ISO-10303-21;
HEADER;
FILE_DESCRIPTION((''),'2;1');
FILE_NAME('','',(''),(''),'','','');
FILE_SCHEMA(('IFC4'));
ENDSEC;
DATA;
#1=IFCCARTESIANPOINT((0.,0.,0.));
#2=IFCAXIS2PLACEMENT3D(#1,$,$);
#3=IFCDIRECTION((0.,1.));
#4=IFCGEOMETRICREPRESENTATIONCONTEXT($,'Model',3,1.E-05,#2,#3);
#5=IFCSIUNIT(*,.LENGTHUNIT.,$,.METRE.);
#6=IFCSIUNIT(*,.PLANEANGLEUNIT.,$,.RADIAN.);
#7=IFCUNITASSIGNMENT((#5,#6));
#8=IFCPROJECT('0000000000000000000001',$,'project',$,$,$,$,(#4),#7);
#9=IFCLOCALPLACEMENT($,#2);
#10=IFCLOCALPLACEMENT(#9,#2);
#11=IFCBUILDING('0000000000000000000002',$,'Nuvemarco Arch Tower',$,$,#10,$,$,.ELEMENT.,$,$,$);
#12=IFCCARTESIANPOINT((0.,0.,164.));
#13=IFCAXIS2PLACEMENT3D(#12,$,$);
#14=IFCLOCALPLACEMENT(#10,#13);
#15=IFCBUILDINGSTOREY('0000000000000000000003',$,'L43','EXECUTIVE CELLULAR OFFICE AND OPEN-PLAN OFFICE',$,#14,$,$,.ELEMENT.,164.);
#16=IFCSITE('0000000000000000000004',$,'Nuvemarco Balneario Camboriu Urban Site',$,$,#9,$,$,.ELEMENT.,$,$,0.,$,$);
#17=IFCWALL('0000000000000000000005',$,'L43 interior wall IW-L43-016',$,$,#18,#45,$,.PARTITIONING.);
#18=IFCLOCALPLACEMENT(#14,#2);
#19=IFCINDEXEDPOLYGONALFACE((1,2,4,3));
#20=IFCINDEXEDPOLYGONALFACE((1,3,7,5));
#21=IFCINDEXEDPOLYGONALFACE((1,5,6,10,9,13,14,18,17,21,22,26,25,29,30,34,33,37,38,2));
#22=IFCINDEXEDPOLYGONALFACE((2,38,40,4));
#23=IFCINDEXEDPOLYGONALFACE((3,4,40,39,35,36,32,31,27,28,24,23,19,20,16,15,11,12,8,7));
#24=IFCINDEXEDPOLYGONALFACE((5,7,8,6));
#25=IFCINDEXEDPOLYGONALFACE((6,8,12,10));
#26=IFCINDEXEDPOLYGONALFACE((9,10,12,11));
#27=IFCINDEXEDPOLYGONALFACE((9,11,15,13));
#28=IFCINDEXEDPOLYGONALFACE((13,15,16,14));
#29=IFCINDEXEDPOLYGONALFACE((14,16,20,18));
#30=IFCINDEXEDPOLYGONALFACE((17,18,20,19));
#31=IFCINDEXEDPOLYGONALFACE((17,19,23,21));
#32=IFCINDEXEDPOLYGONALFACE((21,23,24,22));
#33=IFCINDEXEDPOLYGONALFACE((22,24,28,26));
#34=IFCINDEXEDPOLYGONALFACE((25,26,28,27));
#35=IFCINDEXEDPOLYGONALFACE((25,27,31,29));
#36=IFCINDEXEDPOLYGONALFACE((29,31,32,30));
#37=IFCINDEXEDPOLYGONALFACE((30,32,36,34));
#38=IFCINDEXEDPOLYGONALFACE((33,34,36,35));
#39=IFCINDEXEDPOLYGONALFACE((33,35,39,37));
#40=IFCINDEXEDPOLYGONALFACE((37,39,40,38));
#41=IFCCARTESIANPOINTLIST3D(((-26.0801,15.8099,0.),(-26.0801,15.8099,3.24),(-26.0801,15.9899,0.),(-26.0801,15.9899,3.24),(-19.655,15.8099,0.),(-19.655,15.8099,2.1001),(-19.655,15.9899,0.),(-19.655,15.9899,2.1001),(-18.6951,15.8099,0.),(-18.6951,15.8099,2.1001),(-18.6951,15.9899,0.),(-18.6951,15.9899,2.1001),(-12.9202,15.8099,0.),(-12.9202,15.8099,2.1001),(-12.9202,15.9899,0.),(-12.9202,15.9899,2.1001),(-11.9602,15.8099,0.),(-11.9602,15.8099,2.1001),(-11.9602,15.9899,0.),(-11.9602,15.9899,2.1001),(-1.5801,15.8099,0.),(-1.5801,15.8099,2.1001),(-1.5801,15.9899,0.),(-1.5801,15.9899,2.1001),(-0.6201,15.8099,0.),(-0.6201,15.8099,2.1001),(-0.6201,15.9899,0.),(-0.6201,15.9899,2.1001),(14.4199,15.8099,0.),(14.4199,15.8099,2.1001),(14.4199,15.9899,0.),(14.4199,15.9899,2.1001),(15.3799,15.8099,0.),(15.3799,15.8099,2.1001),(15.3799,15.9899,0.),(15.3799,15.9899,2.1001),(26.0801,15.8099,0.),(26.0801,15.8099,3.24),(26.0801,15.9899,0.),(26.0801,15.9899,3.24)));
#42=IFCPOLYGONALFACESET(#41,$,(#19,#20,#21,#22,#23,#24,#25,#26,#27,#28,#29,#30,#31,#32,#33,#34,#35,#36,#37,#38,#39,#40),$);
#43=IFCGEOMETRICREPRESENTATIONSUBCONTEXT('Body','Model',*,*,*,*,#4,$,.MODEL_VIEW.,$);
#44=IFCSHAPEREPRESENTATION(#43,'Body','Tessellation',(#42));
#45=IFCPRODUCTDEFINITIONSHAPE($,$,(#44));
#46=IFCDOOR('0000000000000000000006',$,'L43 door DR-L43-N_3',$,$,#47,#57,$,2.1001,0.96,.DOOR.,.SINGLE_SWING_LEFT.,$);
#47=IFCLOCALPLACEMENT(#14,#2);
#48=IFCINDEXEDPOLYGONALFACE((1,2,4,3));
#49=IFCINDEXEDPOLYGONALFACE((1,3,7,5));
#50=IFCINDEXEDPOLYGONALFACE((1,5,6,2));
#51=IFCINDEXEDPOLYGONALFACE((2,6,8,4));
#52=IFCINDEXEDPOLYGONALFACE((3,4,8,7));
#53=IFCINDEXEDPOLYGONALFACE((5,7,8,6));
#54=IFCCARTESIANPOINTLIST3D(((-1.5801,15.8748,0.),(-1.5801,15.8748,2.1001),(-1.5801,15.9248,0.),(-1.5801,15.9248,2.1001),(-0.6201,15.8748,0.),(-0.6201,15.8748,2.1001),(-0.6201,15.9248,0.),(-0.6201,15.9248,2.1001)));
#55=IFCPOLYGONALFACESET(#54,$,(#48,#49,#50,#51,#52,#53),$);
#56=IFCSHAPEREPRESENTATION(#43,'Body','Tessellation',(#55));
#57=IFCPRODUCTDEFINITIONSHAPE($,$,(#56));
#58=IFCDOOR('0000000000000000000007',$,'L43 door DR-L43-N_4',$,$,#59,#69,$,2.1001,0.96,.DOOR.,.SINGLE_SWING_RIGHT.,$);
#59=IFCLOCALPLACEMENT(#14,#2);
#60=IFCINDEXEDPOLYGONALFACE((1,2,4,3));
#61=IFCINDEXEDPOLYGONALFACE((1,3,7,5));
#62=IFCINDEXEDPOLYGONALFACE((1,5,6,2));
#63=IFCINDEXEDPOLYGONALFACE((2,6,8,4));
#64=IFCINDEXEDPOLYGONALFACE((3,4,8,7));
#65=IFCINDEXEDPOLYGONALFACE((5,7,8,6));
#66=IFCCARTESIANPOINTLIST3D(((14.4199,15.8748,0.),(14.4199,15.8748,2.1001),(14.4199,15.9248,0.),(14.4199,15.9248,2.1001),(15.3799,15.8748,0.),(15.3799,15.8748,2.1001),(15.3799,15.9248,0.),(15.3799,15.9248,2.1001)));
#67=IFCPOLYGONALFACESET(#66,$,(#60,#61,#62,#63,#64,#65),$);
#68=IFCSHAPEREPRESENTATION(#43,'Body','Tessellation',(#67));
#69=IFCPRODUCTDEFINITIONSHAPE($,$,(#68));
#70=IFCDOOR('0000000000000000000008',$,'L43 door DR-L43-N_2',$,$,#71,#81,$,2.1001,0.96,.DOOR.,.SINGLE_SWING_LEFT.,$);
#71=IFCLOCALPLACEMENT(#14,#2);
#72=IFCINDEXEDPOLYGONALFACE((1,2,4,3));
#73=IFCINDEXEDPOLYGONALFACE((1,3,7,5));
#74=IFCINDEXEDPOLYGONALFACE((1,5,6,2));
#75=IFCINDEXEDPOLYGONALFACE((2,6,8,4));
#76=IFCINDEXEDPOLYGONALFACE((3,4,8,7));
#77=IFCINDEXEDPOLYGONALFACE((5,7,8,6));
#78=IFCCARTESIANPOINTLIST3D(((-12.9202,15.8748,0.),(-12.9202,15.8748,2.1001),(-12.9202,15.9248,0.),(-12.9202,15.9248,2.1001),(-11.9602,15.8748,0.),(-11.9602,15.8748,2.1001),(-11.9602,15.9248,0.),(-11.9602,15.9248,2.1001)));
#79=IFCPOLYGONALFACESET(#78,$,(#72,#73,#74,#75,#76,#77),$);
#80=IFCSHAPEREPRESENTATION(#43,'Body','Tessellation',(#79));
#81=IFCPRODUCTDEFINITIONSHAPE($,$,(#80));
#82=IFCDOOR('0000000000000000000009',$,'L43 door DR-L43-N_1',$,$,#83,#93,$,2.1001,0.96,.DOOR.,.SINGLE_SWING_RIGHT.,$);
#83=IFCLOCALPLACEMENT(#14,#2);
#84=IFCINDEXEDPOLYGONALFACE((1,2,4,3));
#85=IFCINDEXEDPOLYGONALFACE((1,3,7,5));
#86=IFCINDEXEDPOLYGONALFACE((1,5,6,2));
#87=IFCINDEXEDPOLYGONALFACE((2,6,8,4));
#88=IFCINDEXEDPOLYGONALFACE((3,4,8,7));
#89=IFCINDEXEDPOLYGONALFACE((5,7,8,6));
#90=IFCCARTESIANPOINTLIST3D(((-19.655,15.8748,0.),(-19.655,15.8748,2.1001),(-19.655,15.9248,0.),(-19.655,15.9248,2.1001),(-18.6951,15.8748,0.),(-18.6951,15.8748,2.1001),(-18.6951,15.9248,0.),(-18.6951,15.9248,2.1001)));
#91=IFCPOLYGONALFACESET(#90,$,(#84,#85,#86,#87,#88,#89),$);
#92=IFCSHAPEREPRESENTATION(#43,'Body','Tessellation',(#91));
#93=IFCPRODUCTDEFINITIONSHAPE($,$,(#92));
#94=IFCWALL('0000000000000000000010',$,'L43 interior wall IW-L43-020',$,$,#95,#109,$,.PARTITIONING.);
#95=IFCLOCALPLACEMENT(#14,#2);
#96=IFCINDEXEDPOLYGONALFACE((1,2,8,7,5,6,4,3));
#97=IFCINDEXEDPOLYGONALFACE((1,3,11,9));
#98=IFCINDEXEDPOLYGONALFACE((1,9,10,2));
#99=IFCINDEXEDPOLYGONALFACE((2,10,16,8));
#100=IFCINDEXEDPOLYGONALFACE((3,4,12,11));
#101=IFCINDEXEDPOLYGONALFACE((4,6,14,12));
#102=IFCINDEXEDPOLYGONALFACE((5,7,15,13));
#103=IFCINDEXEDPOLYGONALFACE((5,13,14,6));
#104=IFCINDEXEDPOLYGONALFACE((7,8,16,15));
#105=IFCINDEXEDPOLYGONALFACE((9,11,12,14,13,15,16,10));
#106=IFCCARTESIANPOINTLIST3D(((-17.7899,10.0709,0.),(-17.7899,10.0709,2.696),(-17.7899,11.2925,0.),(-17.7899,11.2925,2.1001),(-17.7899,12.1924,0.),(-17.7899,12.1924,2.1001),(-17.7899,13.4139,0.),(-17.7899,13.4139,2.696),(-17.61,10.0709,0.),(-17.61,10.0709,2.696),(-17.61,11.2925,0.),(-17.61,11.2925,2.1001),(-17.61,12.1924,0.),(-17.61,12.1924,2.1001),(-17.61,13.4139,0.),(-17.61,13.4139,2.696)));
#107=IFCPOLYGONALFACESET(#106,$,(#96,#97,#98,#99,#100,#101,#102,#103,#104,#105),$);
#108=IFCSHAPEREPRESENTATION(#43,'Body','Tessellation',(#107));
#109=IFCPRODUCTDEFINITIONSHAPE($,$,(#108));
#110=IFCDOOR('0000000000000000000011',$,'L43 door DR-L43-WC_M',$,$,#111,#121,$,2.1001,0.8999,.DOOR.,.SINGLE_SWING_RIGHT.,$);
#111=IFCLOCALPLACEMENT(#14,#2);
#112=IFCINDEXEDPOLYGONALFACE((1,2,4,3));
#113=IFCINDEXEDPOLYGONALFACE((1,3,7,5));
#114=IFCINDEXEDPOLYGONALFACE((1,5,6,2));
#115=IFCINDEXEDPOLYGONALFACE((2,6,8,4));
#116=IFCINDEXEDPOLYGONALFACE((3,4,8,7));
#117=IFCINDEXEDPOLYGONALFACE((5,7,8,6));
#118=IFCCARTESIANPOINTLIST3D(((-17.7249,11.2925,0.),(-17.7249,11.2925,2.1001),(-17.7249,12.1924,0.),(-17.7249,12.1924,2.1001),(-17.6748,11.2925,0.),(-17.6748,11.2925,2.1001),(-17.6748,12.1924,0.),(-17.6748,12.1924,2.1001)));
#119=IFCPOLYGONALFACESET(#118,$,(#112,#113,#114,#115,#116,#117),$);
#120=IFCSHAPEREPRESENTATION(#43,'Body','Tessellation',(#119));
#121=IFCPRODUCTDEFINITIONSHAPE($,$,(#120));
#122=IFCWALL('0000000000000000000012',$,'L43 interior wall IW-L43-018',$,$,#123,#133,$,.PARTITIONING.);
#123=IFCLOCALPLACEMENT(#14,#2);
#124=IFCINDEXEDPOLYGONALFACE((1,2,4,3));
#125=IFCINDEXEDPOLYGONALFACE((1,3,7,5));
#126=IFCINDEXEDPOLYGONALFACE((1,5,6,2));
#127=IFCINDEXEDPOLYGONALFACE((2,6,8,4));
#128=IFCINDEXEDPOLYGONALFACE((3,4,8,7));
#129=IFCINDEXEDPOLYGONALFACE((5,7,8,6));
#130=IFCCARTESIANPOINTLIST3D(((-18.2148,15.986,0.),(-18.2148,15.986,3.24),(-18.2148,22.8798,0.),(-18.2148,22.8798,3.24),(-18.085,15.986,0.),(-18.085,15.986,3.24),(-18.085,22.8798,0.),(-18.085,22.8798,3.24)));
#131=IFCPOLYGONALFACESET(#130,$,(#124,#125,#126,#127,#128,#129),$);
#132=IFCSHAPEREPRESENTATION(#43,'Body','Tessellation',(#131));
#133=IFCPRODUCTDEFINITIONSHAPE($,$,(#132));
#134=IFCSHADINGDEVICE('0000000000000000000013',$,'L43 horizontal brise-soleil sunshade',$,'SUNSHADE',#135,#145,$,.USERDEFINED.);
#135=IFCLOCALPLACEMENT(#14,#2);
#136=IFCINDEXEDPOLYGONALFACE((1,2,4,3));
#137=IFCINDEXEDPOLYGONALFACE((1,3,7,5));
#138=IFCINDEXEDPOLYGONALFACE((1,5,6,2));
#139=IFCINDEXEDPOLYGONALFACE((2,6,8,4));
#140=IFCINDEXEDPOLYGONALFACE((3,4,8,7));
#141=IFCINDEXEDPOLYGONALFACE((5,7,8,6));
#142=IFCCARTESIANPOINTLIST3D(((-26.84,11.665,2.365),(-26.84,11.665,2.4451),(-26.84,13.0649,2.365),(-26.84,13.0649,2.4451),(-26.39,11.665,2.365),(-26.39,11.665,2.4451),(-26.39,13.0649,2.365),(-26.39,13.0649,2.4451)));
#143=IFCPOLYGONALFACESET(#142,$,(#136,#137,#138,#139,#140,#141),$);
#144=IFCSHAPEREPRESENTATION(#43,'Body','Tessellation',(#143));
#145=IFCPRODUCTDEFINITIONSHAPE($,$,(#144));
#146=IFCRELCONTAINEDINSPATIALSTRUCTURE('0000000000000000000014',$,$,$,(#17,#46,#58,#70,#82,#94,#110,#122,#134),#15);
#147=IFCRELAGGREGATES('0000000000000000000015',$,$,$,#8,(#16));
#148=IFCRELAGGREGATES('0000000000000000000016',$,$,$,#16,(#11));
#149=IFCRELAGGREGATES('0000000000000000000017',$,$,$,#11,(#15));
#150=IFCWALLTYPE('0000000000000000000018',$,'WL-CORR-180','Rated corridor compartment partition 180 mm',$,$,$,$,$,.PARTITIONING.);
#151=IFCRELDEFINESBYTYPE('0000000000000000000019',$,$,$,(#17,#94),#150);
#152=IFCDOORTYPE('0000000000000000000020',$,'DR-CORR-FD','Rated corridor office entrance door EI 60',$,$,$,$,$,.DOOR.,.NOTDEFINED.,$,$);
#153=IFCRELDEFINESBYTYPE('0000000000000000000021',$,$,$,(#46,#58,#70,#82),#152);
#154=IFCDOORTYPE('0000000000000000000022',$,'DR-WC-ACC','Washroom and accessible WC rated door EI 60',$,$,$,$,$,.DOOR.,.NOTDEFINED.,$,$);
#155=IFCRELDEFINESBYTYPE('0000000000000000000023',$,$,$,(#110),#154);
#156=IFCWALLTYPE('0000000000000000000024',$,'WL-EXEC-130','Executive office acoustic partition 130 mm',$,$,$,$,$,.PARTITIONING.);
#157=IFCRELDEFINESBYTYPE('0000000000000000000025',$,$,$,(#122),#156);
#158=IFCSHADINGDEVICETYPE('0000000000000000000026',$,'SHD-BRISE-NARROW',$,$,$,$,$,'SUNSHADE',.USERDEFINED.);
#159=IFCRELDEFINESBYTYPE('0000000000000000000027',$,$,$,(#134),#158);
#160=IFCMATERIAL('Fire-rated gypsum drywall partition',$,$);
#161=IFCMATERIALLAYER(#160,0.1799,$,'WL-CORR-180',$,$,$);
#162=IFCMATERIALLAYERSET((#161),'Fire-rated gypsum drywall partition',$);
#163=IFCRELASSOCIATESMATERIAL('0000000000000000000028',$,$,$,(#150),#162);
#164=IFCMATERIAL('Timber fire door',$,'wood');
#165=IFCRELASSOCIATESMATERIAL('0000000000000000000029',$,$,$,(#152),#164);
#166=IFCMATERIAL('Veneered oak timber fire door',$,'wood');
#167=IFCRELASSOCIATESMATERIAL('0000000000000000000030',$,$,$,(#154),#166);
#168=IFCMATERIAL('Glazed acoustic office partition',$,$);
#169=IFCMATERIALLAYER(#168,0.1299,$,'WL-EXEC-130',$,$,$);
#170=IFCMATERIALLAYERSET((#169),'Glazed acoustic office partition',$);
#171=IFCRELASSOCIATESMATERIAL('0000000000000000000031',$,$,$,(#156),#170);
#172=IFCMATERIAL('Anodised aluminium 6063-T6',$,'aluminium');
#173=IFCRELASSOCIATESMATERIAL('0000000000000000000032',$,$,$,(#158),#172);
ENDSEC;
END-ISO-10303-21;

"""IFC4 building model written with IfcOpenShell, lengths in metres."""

from ifc_helpers import new_model, si_unit, direction, frame, frame_2d, origin, origin_2d, place, context, subcontext, project, spatial, rectangle, extrude, source, transform, mapped, material, layer, layer_set, type_object, type_shapes, element, fill, save


model = new_model("IFC4")

# Units and contexts
model_context = context("Model", 3, precision=1e-05, world=origin(), true_north=direction((0.0, 1.0)))
body_context = subcontext(model_context, "Body", "Model", "MODEL_VIEW")
ifc_project = project(units=[si_unit("LENGTHUNIT", "METRE"), si_unit("PLANEANGLEUNIT", "RADIAN")], contexts=[model_context])

# Site, building, storey
site_placement = place(None, origin())
site = spatial("IfcSite", under=ifc_project, at=site_placement, Name="Nuvemarco Balneario Camboriu Urban Site", CompositionType="ELEMENT", RefElevation=0.0)
building_placement = place(site_placement, origin())
building = spatial("IfcBuilding", under=site, at=building_placement, Name="Nuvemarco Arch Tower", CompositionType="ELEMENT")
storey_placement = place(building_placement, frame((0.0, 0.0, 164.0)))
storey = spatial("IfcBuildingStorey", under=building, at=storey_placement, Name="L43", Description="EXECUTIVE CELLULAR OFFICE AND OPEN-PLAN OFFICE", CompositionType="ELEMENT", Elevation=164.0)

# Wall, openings, doors
ifc_material_1 = material(Name="Fire-rated gypsum drywall partition")
ifc_layer_1 = layer(ifc_material_1, 0.1799, Name="WL-CORR-180")
ifc_layer_set_1 = layer_set([ifc_layer_1], Name="Fire-rated gypsum drywall partition")
wall_type_1 = type_object("IfcWallType", Name="WL-CORR-180", Description="Rated corridor compartment partition 180 mm", PredefinedType="PARTITIONING", material=ifc_layer_set_1)
ifc_material_2 = material(Name="Timber fire door", Category="wood")
door_type_1 = type_object("IfcDoorType", Name="DR-CORR-FD", Description="Rated corridor office entrance door EI 60", OperationType="NOTDEFINED", PredefinedType="DOOR", material=ifc_material_2)
shared_shape_1 = source(origin(), body_context, "Body", "SweptSolid", [
    extrude(rectangle(XDim=0.96, YDim=2.1001, at=frame_2d((0.48, 1.05))), frame((0.0, 0.0249, 0.0), z_axis=(0.0, -1.0, 0.0), x_axis=(1.0, 0.0, 0.0)), (0.0, 0.0, 1.0), 0.05),
])
type_shapes(door_type_1, [shared_shape_1])
ifc_material_3 = material(Name="Veneered oak timber fire door", Category="wood")
door_type_2 = type_object("IfcDoorType", Name="DR-WC-ACC", Description="Washroom and accessible WC rated door EI 60", OperationType="NOTDEFINED", PredefinedType="DOOR", material=ifc_material_3)
shared_shape_2 = source(origin(), body_context, "Body", "SweptSolid", [
    extrude(rectangle(XDim=0.8999, YDim=2.1001, at=frame_2d((0.45, 1.05))), frame((0.0, 0.0249, 0.0), z_axis=(0.0, -1.0, 0.0), x_axis=(1.0, 0.0, 0.0)), (0.0, 0.0, 1.0), 0.05),
])
type_shapes(door_type_2, [shared_shape_2])
wall_1_placement = place(storey_placement, frame((-26.0801, 15.8999, 0.0), z_axis=(0.0, 0.0, 1.0), x_axis=(1.0, 0.0, 0.0)))
wall_1 = element("IfcWall", 1, at=wall_1_placement, inside=storey, type_object=wall_type_1, Name="L43 interior wall IW-L43-016", PredefinedType="PARTITIONING", context=body_context, shape_type="SweptSolid", body=[
    extrude(rectangle(XDim=52.1602, YDim=0.1799, at=frame_2d((26.0801, 0.0))), origin(), (0.0, 0.0, 1.0), 3.24),
])
opening_1_placement = place(wall_1_placement, frame((24.5, 0.0, 0.0)))
opening_1 = element("IfcOpeningElement", 2, at=opening_1_placement, cuts=wall_1, PredefinedType="OPENING", context=body_context, shape_type="SweptSolid", body=[
    extrude(rectangle(XDim=0.96, YDim=2.1001, at=frame_2d((0.48, 1.05))), frame((0.0, 0.0999, 0.0), z_axis=(0.0, -1.0, 0.0), x_axis=(1.0, 0.0, 0.0)), (0.0, 0.0, 1.0), 0.2),
])
opening_2_placement = place(wall_1_placement, frame((40.5, 0.0, 0.0)))
opening_2 = element("IfcOpeningElement", 3, at=opening_2_placement, cuts=wall_1, PredefinedType="OPENING", context=body_context, shape_type="SweptSolid", body=[
    extrude(rectangle(XDim=0.96, YDim=2.1001, at=frame_2d((0.48, 1.05))), frame((0.0, 0.0999, 0.0), z_axis=(0.0, -1.0, 0.0), x_axis=(1.0, 0.0, 0.0)), (0.0, 0.0, 1.0), 0.2),
])
opening_3_placement = place(wall_1_placement, frame((13.1599, 0.0, 0.0)))
opening_3 = element("IfcOpeningElement", 4, at=opening_3_placement, cuts=wall_1, PredefinedType="OPENING", context=body_context, shape_type="SweptSolid", body=[
    extrude(rectangle(XDim=0.96, YDim=2.1001, at=frame_2d((0.48, 1.05))), frame((0.0, 0.0999, 0.0), z_axis=(0.0, -1.0, 0.0), x_axis=(1.0, 0.0, 0.0)), (0.0, 0.0, 1.0), 0.2),
])
opening_4_placement = place(wall_1_placement, frame((6.425, 0.0, 0.0)))
opening_4 = element("IfcOpeningElement", 5, at=opening_4_placement, cuts=wall_1, PredefinedType="OPENING", context=body_context, shape_type="SweptSolid", body=[
    extrude(rectangle(XDim=0.96, YDim=2.1001, at=frame_2d((0.48, 1.05))), frame((0.0, 0.0999, 0.0), z_axis=(0.0, -1.0, 0.0), x_axis=(1.0, 0.0, 0.0)), (0.0, 0.0, 1.0), 0.2),
])
door_1_placement = place(opening_1_placement, origin())
door_1 = element("IfcDoor", 6, at=door_1_placement, inside=storey, type_object=door_type_1, Name="L43 door DR-L43-N_3", OperationType="SINGLE_SWING_LEFT", OverallHeight=2.1001, OverallWidth=0.96, PredefinedType="DOOR", context=body_context, shape_type="MappedRepresentation", body=[
    mapped(shared_shape_1, transform((0.0, 0.0, 0.0), scale=1.0)),
])
fill(opening_1, door_1)
door_2_placement = place(opening_2_placement, origin())
door_2 = element("IfcDoor", 7, at=door_2_placement, inside=storey, type_object=door_type_1, Name="L43 door DR-L43-N_4", OperationType="SINGLE_SWING_RIGHT", OverallHeight=2.1001, OverallWidth=0.96, PredefinedType="DOOR", context=body_context, shape_type="MappedRepresentation", body=[
    mapped(shared_shape_1, transform((0.0, 0.0, 0.0), scale=1.0)),
])
fill(opening_2, door_2)
door_3_placement = place(opening_3_placement, origin())
door_3 = element("IfcDoor", 8, at=door_3_placement, inside=storey, type_object=door_type_1, Name="L43 door DR-L43-N_2", OperationType="SINGLE_SWING_LEFT", OverallHeight=2.1001, OverallWidth=0.96, PredefinedType="DOOR", context=body_context, shape_type="MappedRepresentation", body=[
    mapped(shared_shape_1, transform((0.0, 0.0, 0.0), scale=1.0)),
])
fill(opening_3, door_3)
door_4_placement = place(opening_4_placement, origin())
door_4 = element("IfcDoor", 9, at=door_4_placement, inside=storey, type_object=door_type_1, Name="L43 door DR-L43-N_1", OperationType="SINGLE_SWING_RIGHT", OverallHeight=2.1001, OverallWidth=0.96, PredefinedType="DOOR", context=body_context, shape_type="MappedRepresentation", body=[
    mapped(shared_shape_1, transform((0.0, 0.0, 0.0), scale=1.0)),
])
fill(opening_4, door_4)

# Wall, opening, door
wall_2_placement = place(storey_placement, frame((-17.7, 10.071, 0.0), z_axis=(0.0, 0.0, 1.0), x_axis=(0.0, 1.0, 0.0)))
wall_2 = element("IfcWall", 10, at=wall_2_placement, inside=storey, type_object=wall_type_1, Name="L43 interior wall IW-L43-020", PredefinedType="PARTITIONING", context=body_context, shape_type="SweptSolid", body=[
    extrude(rectangle(XDim=3.343, YDim=0.1799, at=frame_2d((1.6714, 0.0))), origin(), (0.0, 0.0, 1.0), 2.696),
])
opening_5_placement = place(wall_2_placement, frame((1.2214, 0.0, 0.0)))
opening_5 = element("IfcOpeningElement", 11, at=opening_5_placement, cuts=wall_2, PredefinedType="OPENING", context=body_context, shape_type="SweptSolid", body=[
    extrude(rectangle(XDim=0.8999, YDim=2.1001, at=frame_2d((0.45, 1.05))), frame((0.0, 0.0999, 0.0), z_axis=(0.0, -1.0, 0.0), x_axis=(1.0, 0.0, 0.0)), (0.0, 0.0, 1.0), 0.2),
])
door_5_placement = place(opening_5_placement, origin())
door_5 = element("IfcDoor", 12, at=door_5_placement, inside=storey, type_object=door_type_2, Name="L43 door DR-L43-WC_M", OperationType="SINGLE_SWING_RIGHT", OverallHeight=2.1001, OverallWidth=0.8999, PredefinedType="DOOR", context=body_context, shape_type="MappedRepresentation", body=[
    mapped(shared_shape_2, transform((0.0, 0.0, 0.0), scale=1.0)),
])
fill(opening_5, door_5)

# Wall
ifc_material_4 = material(Name="Glazed acoustic office partition")
ifc_layer_2 = layer(ifc_material_4, 0.1299, Name="WL-EXEC-130")
ifc_layer_set_2 = layer_set([ifc_layer_2], Name="Glazed acoustic office partition")
wall_type_2 = type_object("IfcWallType", Name="WL-EXEC-130", Description="Executive office acoustic partition 130 mm", PredefinedType="PARTITIONING", material=ifc_layer_set_2)
wall_3_placement = place(storey_placement, frame((-18.1499, 15.9861, 0.0), z_axis=(0.0, 0.0, 1.0), x_axis=(0.0, 1.0, 0.0)))
element("IfcWall", 13, at=wall_3_placement, inside=storey, type_object=wall_type_2, Name="L43 interior wall IW-L43-018", PredefinedType="PARTITIONING", context=body_context, shape_type="SweptSolid", body=[
    extrude(rectangle(XDim=6.8938, YDim=0.1299, at=frame_2d((3.4468, 0.0))), origin(), (0.0, 0.0, 1.0), 3.24),
])

# Shading device
ifc_material_5 = material(Name="Anodised aluminium 6063-T6", Category="aluminium")
shading_device_type = type_object("IfcShadingDeviceType", Name="SHD-BRISE-NARROW", ElementType="SUNSHADE", PredefinedType="USERDEFINED", material=ifc_material_5)
shared_shape_3 = source(origin(), body_context, "Body", "SweptSolid", [
    extrude(rectangle(XDim=1.3999, YDim=0.45, at=origin_2d()), origin(), (0.0, 0.0, 1.0), 0.0801),
])
type_shapes(shading_device_type, [shared_shape_3])
shading_device_placement = place(storey_placement, frame((-26.615, 12.365, 2.365), z_axis=(0.0, 0.0, 1.0), x_axis=(0.0, 1.0, 0.0)))
element("IfcShadingDevice", 14, at=shading_device_placement, inside=storey, type_object=shading_device_type, Name="L43 horizontal brise-soleil sunshade", ObjectType="SUNSHADE", PredefinedType="USERDEFINED", context=body_context, shape_type="MappedRepresentation", body=[
    mapped(shared_shape_3, transform((0.0, 0.0, 0.0), scale=1.0)),
])

save(model, "model.ifc")
